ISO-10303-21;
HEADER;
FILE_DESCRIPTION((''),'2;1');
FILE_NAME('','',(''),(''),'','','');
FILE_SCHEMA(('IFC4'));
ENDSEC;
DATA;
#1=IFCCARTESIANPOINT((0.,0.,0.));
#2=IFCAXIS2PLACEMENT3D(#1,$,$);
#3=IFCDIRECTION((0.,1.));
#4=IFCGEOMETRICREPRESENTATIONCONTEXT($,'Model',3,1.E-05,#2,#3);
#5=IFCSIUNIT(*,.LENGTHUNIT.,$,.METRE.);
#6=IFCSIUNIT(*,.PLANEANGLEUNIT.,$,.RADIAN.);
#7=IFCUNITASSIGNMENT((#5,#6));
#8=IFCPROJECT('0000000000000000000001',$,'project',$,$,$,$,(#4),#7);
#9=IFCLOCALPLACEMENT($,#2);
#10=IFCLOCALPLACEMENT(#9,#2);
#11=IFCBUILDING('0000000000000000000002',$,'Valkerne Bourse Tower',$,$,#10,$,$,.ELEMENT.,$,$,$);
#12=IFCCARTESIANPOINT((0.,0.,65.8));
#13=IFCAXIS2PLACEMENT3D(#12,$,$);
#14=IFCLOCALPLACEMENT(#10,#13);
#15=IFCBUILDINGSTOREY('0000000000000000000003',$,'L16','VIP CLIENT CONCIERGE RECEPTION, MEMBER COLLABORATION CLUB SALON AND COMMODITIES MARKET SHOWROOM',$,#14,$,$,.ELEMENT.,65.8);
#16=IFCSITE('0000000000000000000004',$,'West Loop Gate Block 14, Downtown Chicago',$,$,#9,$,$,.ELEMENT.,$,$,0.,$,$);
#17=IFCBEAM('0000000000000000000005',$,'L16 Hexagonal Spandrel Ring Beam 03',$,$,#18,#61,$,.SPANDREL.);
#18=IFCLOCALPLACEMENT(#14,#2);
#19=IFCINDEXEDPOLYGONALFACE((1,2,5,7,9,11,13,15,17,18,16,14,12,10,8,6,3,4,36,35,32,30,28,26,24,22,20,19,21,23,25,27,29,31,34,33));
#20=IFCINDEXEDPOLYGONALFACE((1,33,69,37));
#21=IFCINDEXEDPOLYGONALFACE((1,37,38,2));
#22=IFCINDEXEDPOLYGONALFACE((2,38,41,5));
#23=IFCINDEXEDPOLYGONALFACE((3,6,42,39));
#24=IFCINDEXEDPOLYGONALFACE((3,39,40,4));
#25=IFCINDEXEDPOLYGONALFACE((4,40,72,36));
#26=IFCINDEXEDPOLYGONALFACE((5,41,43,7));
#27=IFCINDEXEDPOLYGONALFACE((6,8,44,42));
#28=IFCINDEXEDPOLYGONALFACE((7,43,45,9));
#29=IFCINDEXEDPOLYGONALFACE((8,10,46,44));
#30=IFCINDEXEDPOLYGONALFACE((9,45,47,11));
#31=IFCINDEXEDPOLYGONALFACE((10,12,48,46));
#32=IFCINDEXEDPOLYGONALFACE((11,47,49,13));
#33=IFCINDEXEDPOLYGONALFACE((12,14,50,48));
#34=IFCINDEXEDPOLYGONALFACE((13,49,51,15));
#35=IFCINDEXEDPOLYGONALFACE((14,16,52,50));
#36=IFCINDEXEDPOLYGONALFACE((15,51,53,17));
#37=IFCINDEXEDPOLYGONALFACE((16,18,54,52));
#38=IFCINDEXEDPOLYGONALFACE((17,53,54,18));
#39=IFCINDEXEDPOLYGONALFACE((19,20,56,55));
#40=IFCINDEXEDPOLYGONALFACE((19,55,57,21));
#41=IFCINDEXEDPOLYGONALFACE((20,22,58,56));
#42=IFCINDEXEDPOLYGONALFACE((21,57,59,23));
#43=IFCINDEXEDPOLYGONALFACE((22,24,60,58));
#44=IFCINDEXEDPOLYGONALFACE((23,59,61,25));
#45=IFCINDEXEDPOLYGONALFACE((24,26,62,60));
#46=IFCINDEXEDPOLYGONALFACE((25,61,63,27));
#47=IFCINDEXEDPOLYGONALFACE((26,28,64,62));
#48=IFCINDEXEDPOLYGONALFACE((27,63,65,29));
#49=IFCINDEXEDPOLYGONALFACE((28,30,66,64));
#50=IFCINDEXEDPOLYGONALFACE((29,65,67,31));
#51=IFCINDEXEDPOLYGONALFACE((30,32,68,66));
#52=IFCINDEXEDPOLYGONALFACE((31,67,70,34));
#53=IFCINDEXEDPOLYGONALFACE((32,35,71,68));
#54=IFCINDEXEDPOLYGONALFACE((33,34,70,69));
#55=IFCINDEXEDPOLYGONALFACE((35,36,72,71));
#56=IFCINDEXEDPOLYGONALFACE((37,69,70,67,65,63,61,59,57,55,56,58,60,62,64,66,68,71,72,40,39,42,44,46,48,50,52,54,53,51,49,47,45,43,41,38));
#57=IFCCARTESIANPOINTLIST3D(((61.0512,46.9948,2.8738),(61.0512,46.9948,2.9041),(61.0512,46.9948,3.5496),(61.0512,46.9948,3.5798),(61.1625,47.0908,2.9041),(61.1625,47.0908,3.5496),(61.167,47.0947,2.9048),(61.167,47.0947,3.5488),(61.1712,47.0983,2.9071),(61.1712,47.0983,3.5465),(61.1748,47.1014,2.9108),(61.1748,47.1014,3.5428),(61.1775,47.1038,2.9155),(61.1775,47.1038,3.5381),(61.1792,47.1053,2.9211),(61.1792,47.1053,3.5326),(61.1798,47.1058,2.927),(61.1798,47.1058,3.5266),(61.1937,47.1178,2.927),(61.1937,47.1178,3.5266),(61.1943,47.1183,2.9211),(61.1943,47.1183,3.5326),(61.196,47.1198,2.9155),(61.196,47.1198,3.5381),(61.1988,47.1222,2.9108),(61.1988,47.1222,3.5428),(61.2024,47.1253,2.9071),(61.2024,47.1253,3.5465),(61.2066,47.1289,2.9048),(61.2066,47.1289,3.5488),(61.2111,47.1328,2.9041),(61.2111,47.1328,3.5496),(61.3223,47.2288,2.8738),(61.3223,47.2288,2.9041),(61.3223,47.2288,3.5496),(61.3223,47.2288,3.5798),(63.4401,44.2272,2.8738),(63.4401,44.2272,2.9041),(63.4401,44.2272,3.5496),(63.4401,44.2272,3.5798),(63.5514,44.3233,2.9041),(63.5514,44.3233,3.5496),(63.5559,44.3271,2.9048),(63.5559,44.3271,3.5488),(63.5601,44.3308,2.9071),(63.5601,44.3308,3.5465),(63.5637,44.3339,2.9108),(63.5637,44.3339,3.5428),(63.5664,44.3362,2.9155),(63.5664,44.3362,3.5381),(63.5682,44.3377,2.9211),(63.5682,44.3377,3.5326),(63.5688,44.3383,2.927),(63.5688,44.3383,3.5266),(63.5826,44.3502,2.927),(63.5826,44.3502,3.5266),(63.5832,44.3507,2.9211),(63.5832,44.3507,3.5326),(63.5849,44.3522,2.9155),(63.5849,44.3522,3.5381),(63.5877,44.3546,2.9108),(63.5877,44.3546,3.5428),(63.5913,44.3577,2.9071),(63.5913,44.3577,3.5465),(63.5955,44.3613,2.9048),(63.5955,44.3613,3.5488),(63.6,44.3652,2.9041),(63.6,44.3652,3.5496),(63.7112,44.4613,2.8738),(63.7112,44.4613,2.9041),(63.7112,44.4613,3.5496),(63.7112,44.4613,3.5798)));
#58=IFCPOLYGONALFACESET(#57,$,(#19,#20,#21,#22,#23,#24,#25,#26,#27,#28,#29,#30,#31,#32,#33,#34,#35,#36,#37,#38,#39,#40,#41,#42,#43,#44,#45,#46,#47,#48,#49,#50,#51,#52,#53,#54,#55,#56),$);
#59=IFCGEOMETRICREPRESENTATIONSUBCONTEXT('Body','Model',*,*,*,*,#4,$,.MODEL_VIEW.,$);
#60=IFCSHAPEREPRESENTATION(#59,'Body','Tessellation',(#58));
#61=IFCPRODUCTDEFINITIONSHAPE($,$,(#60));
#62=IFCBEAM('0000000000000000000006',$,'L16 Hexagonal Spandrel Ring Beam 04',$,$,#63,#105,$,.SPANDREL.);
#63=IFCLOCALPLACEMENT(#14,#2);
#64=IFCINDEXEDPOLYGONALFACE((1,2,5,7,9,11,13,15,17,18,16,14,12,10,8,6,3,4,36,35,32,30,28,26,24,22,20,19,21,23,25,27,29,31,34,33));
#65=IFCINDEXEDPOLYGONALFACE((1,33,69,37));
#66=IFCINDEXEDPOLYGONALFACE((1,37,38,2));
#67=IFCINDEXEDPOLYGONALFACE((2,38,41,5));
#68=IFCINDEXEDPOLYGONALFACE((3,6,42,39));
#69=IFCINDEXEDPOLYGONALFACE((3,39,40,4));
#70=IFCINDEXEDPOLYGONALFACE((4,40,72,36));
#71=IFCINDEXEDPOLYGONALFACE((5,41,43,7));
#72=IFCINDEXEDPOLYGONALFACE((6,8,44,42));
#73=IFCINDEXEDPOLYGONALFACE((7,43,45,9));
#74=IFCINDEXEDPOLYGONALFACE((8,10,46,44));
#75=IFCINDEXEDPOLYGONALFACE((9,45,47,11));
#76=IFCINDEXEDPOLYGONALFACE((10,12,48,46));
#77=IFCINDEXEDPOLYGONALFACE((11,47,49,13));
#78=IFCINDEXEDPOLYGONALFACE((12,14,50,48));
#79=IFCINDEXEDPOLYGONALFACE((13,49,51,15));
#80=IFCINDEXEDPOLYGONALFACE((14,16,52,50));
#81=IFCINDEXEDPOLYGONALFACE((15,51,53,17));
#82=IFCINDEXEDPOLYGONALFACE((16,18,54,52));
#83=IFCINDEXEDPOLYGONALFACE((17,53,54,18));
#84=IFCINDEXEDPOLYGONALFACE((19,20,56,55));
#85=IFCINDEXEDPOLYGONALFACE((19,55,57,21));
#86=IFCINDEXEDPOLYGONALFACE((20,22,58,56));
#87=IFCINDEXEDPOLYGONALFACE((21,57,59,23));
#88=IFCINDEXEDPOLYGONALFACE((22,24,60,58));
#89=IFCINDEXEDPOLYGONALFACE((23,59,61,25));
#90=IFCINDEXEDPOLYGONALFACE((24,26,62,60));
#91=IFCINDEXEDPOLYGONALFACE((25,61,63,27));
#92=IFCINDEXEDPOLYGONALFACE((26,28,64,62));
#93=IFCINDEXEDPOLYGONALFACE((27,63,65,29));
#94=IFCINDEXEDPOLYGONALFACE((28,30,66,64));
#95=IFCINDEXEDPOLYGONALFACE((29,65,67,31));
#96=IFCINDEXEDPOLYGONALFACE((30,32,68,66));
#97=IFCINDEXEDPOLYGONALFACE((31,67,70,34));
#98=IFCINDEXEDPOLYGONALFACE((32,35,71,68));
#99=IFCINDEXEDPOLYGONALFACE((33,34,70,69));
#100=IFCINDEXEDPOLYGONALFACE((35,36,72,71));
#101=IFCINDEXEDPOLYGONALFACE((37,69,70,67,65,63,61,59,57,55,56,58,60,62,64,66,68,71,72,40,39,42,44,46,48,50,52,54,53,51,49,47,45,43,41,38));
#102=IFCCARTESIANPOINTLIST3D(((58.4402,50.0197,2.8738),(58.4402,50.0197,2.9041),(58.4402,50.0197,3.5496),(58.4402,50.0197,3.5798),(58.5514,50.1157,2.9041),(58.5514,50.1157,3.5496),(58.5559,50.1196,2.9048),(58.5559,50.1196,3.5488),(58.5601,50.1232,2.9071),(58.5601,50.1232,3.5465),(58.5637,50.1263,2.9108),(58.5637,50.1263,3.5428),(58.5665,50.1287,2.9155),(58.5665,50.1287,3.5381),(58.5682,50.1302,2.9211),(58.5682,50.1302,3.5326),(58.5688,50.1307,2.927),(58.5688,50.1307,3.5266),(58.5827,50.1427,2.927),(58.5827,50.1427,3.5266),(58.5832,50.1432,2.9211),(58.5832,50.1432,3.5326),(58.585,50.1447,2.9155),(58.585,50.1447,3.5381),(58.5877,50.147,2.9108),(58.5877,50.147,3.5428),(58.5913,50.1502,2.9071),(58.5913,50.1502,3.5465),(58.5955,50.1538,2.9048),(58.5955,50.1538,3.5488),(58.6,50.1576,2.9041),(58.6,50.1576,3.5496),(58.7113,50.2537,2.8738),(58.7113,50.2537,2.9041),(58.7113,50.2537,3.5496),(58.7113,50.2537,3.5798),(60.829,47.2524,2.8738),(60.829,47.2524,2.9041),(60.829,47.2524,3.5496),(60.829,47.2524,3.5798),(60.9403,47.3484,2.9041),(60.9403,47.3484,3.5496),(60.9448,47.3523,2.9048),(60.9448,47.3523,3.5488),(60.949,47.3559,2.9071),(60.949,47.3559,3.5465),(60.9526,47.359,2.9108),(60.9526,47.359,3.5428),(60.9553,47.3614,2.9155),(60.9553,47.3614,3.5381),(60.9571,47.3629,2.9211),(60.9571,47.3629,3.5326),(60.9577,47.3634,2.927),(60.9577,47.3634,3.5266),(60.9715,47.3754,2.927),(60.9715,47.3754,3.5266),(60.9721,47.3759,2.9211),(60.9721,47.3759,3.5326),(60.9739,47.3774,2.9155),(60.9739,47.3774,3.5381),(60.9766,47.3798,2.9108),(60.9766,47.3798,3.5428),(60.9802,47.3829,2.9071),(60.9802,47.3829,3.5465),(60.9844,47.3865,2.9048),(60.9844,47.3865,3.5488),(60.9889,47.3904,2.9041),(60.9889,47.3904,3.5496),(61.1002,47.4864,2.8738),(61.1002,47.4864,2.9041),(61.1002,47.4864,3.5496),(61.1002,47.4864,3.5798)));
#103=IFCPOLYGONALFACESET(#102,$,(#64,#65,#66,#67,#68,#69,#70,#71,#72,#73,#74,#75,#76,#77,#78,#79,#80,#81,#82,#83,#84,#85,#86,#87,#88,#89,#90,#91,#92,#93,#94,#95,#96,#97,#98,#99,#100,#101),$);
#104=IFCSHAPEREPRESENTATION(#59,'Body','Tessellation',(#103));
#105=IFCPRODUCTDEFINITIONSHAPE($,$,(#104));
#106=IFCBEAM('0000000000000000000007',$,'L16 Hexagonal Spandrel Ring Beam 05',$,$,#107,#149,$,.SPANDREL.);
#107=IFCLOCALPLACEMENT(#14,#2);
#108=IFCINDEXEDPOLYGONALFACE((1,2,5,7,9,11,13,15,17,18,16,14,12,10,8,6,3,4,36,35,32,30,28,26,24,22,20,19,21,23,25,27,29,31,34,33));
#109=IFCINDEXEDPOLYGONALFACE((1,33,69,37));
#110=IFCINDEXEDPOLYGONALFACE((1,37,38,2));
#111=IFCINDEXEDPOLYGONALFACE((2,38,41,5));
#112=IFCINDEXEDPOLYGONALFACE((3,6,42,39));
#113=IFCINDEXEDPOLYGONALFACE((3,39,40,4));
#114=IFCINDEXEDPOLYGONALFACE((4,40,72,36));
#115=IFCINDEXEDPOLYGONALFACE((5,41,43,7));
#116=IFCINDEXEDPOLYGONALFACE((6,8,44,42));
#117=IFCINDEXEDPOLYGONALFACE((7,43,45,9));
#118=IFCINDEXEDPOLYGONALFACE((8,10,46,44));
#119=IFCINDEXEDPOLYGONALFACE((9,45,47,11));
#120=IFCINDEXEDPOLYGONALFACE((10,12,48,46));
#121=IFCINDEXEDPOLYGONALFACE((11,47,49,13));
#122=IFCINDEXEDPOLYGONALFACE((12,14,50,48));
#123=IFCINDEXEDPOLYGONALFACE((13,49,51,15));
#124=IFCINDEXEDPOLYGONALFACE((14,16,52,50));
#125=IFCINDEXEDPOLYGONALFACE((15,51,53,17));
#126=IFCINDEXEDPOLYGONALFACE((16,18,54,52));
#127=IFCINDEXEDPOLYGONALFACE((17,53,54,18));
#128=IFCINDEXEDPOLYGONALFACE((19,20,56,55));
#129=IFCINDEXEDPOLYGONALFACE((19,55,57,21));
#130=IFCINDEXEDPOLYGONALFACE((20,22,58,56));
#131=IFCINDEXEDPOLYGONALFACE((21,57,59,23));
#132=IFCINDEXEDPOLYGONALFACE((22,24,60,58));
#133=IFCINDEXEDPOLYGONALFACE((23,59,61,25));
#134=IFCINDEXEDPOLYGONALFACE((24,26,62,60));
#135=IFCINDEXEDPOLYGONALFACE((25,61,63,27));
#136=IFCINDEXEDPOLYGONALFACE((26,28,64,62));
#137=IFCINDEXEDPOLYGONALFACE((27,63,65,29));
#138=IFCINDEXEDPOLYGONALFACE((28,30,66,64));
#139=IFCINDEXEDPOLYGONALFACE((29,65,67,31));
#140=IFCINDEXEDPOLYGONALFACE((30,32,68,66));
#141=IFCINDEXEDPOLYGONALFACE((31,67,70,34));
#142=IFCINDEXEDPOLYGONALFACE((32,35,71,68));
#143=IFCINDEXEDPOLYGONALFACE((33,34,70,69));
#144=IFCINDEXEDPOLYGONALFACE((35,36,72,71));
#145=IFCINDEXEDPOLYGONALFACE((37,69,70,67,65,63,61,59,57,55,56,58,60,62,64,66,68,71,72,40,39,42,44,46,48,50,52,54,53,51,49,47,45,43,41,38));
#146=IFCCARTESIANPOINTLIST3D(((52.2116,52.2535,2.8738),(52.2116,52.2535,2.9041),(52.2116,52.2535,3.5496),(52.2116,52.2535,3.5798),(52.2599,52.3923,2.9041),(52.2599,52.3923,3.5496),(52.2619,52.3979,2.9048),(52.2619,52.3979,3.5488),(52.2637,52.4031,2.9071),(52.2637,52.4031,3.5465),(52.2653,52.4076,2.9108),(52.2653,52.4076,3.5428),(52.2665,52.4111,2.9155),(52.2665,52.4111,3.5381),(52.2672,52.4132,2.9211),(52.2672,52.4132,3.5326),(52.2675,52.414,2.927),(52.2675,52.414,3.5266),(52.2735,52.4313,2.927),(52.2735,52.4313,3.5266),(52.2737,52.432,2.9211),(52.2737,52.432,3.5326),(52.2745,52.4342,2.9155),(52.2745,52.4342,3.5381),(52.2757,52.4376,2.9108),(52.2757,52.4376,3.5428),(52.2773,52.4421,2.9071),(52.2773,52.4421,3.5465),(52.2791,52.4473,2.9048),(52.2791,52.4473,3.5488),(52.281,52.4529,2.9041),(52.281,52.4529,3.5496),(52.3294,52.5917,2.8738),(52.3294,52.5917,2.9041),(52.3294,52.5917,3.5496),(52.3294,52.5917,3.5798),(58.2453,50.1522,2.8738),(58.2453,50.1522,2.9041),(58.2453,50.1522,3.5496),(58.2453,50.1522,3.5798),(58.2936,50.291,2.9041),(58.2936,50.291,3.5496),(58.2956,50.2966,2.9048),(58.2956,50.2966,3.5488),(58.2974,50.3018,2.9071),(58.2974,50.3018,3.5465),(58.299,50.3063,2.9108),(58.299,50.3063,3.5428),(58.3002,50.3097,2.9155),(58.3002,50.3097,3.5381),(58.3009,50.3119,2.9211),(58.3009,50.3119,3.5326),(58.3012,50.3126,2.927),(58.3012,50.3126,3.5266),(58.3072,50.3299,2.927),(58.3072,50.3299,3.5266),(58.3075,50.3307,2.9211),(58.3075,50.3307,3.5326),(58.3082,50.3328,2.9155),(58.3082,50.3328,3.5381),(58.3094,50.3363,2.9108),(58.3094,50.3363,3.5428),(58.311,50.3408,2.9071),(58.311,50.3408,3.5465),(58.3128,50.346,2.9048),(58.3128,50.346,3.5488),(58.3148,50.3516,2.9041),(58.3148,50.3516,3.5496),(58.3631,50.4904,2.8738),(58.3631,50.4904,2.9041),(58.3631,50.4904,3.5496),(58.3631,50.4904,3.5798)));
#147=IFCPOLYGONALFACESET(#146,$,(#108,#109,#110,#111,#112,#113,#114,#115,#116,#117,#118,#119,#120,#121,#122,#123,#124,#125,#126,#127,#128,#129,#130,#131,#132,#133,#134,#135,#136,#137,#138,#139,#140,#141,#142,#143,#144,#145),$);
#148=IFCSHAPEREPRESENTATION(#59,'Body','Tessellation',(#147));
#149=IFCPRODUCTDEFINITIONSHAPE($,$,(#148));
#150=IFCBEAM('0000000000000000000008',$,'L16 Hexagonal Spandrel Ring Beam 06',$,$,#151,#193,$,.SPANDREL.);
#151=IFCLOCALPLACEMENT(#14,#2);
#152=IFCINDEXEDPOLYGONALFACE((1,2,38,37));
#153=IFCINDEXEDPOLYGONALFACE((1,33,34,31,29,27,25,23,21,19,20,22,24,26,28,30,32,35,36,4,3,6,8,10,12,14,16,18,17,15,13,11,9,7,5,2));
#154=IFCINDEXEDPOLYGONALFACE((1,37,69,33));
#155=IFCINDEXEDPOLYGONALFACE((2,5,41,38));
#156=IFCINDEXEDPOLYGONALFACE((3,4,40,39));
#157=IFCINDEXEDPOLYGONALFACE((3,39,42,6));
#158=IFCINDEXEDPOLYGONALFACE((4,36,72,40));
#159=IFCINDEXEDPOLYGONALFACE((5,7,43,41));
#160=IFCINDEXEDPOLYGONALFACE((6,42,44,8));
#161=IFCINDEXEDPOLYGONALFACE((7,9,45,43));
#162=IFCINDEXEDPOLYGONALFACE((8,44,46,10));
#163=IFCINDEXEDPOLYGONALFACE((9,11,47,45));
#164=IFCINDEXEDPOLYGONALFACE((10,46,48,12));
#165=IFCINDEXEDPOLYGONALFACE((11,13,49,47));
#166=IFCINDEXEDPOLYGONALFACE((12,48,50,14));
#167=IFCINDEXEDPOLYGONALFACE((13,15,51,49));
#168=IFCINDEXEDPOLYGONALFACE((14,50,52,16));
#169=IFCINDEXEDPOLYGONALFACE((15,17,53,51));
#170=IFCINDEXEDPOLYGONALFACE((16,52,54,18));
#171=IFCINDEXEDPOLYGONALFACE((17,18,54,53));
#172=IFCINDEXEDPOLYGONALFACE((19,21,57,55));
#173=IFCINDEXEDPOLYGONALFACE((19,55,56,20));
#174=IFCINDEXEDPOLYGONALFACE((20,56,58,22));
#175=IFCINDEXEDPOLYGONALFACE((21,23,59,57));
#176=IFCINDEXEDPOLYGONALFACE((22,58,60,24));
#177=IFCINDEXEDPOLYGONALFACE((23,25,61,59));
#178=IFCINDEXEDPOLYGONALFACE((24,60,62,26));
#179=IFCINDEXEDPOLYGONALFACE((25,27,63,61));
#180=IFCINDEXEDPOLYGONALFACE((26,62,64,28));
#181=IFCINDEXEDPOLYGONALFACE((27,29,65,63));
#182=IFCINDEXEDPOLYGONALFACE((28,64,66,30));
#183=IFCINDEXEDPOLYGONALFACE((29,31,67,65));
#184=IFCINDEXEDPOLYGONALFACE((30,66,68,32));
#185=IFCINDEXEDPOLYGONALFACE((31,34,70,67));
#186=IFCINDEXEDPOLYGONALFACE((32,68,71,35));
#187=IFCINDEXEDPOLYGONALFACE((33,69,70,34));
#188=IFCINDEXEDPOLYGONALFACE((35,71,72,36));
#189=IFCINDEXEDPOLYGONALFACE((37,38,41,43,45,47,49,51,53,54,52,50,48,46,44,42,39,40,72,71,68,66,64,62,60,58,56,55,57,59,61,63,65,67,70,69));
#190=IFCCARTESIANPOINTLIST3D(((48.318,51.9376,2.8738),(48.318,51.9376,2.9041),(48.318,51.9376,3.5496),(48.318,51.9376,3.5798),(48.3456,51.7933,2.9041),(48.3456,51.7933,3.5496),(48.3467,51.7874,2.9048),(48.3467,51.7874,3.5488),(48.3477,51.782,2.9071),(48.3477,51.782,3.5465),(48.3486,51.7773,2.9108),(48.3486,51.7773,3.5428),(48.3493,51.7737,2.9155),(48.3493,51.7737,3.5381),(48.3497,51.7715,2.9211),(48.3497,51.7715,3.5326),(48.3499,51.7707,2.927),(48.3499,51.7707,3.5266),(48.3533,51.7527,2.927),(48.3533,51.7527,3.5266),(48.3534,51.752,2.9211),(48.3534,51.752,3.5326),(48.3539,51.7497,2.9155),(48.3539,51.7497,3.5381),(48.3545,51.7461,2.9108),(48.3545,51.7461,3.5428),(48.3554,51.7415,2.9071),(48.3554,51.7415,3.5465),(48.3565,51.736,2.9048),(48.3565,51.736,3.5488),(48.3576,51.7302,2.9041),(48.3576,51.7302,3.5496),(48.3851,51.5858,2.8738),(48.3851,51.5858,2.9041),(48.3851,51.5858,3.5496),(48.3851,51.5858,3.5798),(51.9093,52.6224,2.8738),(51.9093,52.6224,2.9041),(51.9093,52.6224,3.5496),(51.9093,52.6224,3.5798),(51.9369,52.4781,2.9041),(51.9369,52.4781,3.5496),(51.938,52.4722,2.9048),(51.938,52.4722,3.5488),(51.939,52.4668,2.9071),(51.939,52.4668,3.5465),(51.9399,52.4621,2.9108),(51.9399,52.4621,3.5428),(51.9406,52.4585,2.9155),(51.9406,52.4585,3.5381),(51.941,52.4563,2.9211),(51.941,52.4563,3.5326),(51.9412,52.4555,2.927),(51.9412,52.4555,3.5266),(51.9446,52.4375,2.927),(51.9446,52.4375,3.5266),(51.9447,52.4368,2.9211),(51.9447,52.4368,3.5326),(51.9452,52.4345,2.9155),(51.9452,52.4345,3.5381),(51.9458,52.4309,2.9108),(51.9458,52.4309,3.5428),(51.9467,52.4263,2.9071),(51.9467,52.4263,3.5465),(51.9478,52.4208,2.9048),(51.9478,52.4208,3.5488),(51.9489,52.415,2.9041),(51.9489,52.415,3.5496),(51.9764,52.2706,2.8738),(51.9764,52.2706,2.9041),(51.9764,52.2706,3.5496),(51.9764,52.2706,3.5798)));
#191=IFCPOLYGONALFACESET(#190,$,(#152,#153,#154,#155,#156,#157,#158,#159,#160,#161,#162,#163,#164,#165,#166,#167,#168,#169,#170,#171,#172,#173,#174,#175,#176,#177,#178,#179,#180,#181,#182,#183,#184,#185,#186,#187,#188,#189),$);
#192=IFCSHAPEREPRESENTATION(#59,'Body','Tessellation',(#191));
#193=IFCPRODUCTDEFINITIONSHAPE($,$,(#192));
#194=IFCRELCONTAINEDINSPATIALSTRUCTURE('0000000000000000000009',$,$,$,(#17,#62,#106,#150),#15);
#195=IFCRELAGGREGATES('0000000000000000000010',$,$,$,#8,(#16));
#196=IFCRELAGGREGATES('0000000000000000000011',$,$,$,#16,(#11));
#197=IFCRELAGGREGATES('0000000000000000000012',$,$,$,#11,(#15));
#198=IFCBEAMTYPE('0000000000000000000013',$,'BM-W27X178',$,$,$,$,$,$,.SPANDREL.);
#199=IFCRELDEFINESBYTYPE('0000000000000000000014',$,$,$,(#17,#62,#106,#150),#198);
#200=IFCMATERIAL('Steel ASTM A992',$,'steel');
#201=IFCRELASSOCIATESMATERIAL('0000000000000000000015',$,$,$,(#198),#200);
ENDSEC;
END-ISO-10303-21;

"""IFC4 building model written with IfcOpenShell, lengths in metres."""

from ifc_helpers import new_model, si_unit, direction, frame, origin, origin_2d, place, context, subcontext, project, spatial, i_section, extrude, material, material_profile, profile_set, type_object, element, save


model = new_model("IFC4")

# Units and contexts
model_context = context("Model", 3, precision=1e-05, world=origin(), true_north=direction((0.0, 1.0)))
body_context = subcontext(model_context, "Body", "Model", "MODEL_VIEW")
ifc_project = project(units=[si_unit("LENGTHUNIT", "METRE"), si_unit("PLANEANGLEUNIT", "RADIAN")], contexts=[model_context])

# Site, building, storey
site_placement = place(None, origin())
site = spatial("IfcSite", under=ifc_project, at=site_placement, Name="West Loop Gate Block 14, Downtown Chicago", CompositionType="ELEMENT", RefElevation=0.0)
building_placement = place(site_placement, origin())
building = spatial("IfcBuilding", under=site, at=building_placement, Name="Valkerne Bourse Tower", CompositionType="ELEMENT")
storey_placement = place(building_placement, frame((0.0, 0.0, 65.8)))
storey = spatial("IfcBuildingStorey", under=building, at=storey_placement, Name="L16", Description="VIP CLIENT CONCIERGE RECEPTION, MEMBER COLLABORATION CLUB SALON AND COMMODITIES MARKET SHOWROOM", CompositionType="ELEMENT", Elevation=65.8)

# Beams
ifc_material_1 = material(Name="Steel ASTM A992", Category="steel")
ifc_material_profile_1 = material_profile(ifc_material_1, i_section(OverallWidth=0.3582, OverallDepth=0.7061, WebThickness=0.0183, FlangeThickness=0.0303, FilletRadius=0.0229, at=origin_2d()), Name="W27X178")
ifc_profile_set_1 = profile_set([ifc_material_profile_1], Name="Steel ASTM A992")
beam_type = type_object("IfcBeamType", Name="BM-W27X178", PredefinedType="SPANDREL", material=ifc_profile_set_1)
for number, where, z_axis, x_axis, name in (
    (1, (63.5757, 44.3442, 3.2268), (-0.653422, 0.756994, 0.0), (-0.756994, -0.653422, 0.0), "L16 Hexagonal Spandrel Ring Beam 03"),
):
    element("IfcBeam", number, at=place(storey_placement, frame(where, z_axis=z_axis, x_axis=x_axis)), inside=storey, type_object=beam_type, Name=name, PredefinedType="SPANDREL", context=body_context, shape_type="SweptSolid", body=[
        extrude(i_section(OverallWidth=0.3582, OverallDepth=0.7061, WebThickness=0.0183, FlangeThickness=0.0303, FilletRadius=0.0229, at=origin_2d()), origin(), (0.0, 0.0, 1.0), 3.656),
    ])
beam_1_placement = place(storey_placement, frame((60.9646, 47.3694, 3.2268), z_axis=(-0.653455, 0.756966, 0.0), x_axis=(-0.756966, -0.653455, 0.0)))
element("IfcBeam", 2, at=beam_1_placement, inside=storey, type_object=beam_type, Name="L16 Hexagonal Spandrel Ring Beam 04", PredefinedType="SPANDREL", context=body_context, shape_type="SweptSolid", body=[
    extrude(i_section(OverallWidth=0.3582, OverallDepth=0.7061, WebThickness=0.0183, FlangeThickness=0.0303, FilletRadius=0.0229, at=origin_2d()), origin(), (0.0, 0.0, 1.0), 3.6558),
])
beam_2_placement = place(storey_placement, frame((58.3042, 50.3213, 3.2268), z_axis=(-0.944368, 0.32889, 0.0), x_axis=(-0.32889, -0.944368, 0.0)))
element("IfcBeam", 3, at=beam_2_placement, inside=storey, type_object=beam_type, Name="L16 Hexagonal Spandrel Ring Beam 05", PredefinedType="SPANDREL", context=body_context, shape_type="SweptSolid", body=[
    extrude(i_section(OverallWidth=0.3582, OverallDepth=0.7061, WebThickness=0.0183, FlangeThickness=0.0303, FilletRadius=0.0229, at=origin_2d()), origin(), (0.0, 0.0, 1.0), 6.3892),
])
beam_3_placement = place(storey_placement, frame((51.9429, 52.4465, 3.2268), z_axis=(-0.982301, -0.187312, 0.0), x_axis=(0.187312, -0.982301, 0.0)))
element("IfcBeam", 4, at=beam_3_placement, inside=storey, type_object=beam_type, Name="L16 Hexagonal Spandrel Ring Beam 06", PredefinedType="SPANDREL", context=body_context, shape_type="SweptSolid", body=[
    extrude(i_section(OverallWidth=0.3582, OverallDepth=0.7061, WebThickness=0.0183, FlangeThickness=0.0303, FilletRadius=0.0229, at=origin_2d()), origin(), (0.0, 0.0, 1.0), 3.656),
])

save(model, "model.ifc")
